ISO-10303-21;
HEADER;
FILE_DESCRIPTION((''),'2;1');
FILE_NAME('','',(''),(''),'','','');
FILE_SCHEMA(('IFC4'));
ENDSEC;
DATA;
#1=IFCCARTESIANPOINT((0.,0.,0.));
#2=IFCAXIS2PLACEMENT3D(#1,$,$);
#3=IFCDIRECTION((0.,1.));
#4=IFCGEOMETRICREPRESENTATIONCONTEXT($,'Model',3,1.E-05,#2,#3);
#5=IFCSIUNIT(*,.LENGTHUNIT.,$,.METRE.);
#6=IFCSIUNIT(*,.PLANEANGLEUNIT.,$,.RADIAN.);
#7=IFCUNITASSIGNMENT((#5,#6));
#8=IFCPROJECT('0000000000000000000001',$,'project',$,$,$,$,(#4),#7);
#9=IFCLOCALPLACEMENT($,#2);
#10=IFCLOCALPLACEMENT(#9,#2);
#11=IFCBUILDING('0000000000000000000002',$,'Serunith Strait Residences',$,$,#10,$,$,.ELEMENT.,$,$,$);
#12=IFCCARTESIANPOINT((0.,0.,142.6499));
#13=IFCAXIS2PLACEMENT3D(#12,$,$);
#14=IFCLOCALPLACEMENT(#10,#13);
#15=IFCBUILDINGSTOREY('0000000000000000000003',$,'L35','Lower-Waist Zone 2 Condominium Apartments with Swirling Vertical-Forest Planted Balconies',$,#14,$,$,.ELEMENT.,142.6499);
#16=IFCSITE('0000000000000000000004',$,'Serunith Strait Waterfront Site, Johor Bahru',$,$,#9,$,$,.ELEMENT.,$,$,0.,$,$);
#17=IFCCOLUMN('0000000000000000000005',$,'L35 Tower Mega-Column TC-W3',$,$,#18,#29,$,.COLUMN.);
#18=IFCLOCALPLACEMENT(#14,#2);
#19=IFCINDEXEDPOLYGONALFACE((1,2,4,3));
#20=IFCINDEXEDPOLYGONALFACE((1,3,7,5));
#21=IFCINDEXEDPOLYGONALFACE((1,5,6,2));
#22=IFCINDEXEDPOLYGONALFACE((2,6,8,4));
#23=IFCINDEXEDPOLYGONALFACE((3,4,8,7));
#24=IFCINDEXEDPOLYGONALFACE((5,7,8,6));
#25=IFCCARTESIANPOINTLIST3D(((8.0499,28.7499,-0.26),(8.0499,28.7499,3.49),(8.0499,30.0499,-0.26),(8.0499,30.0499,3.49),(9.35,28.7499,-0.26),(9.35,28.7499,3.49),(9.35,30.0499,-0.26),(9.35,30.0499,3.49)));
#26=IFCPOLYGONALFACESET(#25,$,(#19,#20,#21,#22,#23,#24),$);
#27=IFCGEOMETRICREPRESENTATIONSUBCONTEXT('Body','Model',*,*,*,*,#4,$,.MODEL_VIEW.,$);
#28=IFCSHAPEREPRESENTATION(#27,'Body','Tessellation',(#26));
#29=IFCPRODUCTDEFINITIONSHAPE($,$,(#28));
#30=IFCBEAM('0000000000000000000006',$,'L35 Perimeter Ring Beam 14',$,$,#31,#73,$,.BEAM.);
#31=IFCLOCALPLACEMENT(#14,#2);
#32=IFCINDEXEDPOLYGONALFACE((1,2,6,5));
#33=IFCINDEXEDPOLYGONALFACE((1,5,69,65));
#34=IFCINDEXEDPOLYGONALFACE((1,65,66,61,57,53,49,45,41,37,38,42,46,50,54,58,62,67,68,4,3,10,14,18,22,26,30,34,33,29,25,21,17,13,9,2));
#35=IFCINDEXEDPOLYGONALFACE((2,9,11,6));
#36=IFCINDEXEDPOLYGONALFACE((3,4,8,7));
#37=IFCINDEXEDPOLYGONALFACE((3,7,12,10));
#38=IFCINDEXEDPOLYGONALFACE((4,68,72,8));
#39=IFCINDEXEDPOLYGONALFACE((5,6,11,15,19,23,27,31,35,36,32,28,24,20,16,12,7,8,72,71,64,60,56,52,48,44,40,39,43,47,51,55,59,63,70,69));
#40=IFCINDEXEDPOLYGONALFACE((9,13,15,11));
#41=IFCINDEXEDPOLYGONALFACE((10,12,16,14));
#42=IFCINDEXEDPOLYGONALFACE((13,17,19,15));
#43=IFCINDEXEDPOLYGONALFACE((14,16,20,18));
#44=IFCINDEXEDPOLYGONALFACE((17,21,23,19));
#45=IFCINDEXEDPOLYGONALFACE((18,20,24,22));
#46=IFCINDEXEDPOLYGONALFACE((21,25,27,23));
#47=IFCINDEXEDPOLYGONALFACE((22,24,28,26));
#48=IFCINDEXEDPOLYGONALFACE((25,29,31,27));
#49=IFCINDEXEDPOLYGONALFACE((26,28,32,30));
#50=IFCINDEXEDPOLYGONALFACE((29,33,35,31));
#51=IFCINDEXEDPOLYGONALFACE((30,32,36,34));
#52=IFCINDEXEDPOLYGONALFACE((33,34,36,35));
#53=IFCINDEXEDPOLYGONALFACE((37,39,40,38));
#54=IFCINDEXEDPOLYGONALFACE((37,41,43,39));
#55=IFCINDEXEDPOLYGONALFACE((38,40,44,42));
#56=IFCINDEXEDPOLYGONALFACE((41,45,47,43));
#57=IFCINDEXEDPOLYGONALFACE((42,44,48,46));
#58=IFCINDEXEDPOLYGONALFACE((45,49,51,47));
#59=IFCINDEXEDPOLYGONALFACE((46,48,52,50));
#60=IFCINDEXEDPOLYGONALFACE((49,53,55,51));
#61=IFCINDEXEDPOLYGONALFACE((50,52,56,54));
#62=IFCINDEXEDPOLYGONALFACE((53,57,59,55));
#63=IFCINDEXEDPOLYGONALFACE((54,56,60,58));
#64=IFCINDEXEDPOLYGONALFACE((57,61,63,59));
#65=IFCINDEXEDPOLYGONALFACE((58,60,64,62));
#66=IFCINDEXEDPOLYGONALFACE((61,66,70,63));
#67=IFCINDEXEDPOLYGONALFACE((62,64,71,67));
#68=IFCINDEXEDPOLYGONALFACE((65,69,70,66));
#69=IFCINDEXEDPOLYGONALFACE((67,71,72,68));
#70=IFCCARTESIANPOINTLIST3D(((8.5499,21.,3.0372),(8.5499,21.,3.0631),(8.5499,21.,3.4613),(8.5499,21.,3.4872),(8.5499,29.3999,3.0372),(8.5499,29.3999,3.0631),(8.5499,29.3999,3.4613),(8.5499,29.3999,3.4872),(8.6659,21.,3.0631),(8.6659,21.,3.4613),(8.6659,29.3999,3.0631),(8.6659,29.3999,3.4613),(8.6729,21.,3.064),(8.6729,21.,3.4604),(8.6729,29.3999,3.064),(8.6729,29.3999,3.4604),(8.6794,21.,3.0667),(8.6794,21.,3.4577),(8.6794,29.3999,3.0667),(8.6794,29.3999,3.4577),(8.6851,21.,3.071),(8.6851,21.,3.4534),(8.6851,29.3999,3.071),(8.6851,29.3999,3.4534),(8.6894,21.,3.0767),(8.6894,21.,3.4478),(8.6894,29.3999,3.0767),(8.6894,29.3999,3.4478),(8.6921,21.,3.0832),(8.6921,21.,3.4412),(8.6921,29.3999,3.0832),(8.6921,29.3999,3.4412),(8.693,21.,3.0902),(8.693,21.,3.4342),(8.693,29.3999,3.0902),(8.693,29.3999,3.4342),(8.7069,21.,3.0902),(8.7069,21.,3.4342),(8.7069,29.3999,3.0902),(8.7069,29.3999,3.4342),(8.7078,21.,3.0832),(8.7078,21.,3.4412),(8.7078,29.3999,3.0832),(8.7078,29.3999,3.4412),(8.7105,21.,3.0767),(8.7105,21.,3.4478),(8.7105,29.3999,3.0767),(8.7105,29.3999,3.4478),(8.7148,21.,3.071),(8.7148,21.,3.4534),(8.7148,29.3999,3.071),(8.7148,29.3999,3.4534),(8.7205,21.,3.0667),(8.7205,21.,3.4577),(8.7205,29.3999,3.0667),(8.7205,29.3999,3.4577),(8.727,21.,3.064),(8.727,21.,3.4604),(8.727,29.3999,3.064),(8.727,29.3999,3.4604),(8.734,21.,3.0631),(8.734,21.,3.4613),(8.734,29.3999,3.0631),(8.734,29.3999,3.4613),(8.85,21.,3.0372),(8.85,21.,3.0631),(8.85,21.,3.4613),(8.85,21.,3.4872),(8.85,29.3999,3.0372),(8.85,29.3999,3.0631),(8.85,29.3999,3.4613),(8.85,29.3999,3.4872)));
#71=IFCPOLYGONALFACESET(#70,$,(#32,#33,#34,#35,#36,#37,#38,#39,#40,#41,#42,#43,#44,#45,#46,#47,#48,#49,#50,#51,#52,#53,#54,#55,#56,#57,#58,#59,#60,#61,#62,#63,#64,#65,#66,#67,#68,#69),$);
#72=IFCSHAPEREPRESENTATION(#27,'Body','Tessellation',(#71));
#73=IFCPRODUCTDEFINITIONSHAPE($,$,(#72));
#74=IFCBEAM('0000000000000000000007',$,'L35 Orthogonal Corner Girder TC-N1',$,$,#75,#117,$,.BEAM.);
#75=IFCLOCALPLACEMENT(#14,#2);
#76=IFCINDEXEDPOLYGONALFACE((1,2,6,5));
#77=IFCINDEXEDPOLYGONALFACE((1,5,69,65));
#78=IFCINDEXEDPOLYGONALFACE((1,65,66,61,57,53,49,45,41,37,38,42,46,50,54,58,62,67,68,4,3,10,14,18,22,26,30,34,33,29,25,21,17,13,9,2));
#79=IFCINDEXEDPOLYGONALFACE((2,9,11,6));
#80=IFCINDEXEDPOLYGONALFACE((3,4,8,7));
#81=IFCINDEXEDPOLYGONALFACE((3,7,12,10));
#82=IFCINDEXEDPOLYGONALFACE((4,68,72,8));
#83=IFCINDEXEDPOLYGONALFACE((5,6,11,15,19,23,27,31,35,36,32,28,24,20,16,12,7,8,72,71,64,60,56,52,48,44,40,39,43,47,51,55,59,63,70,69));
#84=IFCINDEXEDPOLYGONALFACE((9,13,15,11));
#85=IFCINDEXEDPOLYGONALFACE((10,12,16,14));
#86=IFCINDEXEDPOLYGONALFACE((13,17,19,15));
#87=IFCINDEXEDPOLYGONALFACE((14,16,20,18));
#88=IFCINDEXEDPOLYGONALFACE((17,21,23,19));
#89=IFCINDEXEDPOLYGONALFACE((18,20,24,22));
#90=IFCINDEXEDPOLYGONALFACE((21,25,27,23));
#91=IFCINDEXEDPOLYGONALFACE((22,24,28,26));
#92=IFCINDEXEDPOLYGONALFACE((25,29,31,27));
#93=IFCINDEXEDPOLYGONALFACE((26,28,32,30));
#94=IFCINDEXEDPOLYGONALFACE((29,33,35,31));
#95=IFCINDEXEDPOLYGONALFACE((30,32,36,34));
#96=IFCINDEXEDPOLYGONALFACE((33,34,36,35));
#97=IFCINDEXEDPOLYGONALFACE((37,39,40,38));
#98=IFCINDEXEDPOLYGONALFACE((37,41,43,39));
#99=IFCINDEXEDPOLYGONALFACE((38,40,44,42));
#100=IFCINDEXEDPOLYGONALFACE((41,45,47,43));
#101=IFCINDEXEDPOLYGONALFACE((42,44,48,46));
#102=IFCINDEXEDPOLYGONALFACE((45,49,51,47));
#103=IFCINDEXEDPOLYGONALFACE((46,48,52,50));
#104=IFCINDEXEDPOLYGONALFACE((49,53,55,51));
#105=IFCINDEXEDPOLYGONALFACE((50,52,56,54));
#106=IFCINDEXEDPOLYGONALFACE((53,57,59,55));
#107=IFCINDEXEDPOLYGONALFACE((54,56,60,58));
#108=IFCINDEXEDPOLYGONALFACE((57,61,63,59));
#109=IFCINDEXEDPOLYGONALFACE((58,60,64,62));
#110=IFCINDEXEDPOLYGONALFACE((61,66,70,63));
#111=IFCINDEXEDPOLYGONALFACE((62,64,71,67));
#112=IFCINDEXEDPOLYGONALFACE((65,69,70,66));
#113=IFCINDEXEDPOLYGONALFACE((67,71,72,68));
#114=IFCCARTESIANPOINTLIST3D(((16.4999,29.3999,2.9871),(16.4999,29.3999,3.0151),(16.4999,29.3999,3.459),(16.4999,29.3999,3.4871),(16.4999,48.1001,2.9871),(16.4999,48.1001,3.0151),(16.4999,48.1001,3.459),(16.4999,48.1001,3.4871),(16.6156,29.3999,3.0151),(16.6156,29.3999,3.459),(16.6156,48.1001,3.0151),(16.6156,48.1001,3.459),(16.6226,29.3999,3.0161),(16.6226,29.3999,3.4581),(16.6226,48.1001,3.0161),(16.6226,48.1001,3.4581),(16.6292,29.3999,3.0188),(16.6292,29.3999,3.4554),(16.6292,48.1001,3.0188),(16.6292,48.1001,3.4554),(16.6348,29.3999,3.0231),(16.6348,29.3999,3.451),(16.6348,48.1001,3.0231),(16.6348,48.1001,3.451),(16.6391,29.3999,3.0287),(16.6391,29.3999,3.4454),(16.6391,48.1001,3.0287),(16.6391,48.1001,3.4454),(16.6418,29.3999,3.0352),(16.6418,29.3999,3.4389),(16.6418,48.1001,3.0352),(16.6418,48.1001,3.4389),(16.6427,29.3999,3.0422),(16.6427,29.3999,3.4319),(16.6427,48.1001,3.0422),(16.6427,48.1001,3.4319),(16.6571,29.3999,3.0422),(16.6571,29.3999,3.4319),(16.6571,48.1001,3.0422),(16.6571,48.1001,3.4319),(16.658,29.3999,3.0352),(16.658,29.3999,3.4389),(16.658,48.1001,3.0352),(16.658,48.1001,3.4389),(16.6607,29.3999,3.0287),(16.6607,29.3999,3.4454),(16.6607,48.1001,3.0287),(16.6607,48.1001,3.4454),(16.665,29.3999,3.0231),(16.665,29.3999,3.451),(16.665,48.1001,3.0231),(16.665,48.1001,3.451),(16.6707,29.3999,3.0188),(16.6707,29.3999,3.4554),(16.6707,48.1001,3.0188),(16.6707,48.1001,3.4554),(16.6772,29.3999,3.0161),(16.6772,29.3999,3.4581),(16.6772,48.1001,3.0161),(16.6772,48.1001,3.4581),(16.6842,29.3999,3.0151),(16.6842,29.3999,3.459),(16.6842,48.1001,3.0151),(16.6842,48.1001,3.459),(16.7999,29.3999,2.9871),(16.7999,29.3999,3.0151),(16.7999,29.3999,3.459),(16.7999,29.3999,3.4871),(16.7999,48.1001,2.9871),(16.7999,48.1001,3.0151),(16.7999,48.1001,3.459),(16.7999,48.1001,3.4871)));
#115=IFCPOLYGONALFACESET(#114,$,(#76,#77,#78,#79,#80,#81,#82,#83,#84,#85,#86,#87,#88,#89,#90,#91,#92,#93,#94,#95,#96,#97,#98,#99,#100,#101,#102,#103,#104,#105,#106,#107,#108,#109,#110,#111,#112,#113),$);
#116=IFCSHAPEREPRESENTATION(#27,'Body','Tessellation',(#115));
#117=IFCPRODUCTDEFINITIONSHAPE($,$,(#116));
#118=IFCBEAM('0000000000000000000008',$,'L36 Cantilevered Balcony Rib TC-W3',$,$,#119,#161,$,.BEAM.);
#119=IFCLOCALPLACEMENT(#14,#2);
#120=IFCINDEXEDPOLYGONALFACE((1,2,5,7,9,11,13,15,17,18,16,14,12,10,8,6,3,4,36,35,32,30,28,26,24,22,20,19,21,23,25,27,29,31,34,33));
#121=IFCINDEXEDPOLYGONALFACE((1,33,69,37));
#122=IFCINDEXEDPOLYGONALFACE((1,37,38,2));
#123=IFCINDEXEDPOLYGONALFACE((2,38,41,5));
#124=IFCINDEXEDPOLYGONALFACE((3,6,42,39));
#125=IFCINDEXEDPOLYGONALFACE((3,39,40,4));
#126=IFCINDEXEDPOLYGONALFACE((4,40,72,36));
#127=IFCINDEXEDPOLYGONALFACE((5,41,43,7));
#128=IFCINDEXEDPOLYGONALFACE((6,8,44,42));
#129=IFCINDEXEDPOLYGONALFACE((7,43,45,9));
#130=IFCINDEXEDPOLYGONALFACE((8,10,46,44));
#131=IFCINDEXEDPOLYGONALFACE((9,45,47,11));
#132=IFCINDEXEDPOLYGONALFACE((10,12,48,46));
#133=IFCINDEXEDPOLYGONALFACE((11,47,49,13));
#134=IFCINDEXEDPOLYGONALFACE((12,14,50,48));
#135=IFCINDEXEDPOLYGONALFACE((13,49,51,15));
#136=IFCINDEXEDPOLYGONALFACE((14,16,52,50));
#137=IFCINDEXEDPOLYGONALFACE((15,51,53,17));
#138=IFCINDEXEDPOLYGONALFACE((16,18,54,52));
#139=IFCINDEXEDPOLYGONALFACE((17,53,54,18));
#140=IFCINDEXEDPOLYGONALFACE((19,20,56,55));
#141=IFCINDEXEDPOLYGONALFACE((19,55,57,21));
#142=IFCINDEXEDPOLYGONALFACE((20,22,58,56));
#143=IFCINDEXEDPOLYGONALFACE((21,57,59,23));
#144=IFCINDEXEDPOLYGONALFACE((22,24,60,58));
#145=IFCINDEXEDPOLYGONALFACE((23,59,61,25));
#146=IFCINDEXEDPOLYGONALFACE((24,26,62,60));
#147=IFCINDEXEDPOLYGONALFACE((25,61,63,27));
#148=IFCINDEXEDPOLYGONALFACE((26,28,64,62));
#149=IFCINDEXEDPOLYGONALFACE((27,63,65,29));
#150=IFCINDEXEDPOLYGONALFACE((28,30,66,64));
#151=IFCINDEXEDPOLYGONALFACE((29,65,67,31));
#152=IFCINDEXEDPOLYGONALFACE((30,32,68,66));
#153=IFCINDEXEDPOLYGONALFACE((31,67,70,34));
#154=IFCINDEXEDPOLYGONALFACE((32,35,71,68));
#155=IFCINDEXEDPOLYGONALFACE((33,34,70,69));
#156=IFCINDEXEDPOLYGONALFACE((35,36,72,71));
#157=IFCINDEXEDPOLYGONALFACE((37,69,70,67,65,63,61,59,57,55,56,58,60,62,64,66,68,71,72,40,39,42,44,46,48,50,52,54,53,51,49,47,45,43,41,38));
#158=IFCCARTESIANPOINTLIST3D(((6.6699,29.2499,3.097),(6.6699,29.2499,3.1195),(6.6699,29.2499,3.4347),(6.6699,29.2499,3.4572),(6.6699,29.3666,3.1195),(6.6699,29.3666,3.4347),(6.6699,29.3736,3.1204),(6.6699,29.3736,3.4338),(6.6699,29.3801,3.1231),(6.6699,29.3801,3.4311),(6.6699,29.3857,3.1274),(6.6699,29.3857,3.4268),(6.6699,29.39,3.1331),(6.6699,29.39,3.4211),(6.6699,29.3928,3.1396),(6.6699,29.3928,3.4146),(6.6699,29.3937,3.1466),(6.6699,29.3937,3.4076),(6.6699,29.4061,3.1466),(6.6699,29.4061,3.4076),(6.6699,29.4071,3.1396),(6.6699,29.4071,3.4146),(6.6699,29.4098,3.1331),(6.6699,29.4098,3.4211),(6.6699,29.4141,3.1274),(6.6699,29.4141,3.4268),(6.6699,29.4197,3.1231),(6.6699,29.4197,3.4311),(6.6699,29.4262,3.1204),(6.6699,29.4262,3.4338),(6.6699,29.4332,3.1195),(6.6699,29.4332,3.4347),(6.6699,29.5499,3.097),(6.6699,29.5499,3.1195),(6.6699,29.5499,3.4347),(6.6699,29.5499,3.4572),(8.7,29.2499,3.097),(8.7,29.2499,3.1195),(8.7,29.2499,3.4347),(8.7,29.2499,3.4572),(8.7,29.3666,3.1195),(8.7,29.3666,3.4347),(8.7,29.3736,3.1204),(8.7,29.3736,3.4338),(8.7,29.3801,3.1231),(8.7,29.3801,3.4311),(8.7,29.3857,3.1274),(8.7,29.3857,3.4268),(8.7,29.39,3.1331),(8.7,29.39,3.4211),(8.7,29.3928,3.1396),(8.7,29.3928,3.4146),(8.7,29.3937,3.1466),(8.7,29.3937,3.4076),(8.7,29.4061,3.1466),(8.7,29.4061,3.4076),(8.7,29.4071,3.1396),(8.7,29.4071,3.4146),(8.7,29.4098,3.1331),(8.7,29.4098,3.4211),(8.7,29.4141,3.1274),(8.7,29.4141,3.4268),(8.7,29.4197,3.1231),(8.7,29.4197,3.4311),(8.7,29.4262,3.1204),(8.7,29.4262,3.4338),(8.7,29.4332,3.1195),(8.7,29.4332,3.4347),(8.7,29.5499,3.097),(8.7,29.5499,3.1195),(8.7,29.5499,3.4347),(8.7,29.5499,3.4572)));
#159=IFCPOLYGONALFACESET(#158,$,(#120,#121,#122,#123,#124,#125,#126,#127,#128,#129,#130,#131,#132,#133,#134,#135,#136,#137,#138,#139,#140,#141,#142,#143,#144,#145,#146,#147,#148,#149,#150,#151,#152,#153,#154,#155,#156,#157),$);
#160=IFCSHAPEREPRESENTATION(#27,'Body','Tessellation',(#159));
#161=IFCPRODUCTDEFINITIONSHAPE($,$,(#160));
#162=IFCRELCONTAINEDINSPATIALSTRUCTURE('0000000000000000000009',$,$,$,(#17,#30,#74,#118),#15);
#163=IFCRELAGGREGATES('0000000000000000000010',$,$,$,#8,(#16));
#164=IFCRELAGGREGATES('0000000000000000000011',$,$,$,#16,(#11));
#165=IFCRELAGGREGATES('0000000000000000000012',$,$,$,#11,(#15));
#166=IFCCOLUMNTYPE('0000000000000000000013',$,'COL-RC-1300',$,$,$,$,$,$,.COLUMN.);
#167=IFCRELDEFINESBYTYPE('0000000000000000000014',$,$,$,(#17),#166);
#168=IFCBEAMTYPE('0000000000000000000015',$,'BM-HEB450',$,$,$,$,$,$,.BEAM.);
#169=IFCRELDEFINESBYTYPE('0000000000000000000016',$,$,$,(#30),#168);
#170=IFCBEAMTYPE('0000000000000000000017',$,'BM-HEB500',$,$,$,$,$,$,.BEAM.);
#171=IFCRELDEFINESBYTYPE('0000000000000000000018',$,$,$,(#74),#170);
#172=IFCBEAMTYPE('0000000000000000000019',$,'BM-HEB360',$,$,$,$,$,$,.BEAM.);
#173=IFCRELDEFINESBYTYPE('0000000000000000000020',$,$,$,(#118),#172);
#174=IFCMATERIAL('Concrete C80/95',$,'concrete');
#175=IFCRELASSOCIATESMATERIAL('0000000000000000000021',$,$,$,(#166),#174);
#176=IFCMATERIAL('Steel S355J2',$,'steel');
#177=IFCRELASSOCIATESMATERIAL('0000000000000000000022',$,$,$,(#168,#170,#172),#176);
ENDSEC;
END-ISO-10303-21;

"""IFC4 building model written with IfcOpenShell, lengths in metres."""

from ifc_helpers import new_model, si_unit, direction, frame, origin, origin_2d, place, context, subcontext, project, spatial, rectangle, i_section, extrude, source, transform, mapped, material, material_profile, profile_set, type_object, element, save


model = new_model("IFC4")

# Units and contexts
model_context = context("Model", 3, precision=1e-05, world=origin(), true_north=direction((0.0, 1.0)))
body_context = subcontext(model_context, "Body", "Model", "MODEL_VIEW")
ifc_project = project(units=[si_unit("LENGTHUNIT", "METRE"), si_unit("PLANEANGLEUNIT", "RADIAN")], contexts=[model_context])

# Site, building, storey
site_placement = place(None, origin())
site = spatial("IfcSite", under=ifc_project, at=site_placement, Name="Serunith Strait Waterfront Site, Johor Bahru", CompositionType="ELEMENT", RefElevation=0.0)
building_placement = place(site_placement, origin())
building = spatial("IfcBuilding", under=site, at=building_placement, Name="Serunith Strait Residences", CompositionType="ELEMENT")
storey_placement = place(building_placement, frame((0.0, 0.0, 142.6499)))
storey = spatial("IfcBuildingStorey", under=building, at=storey_placement, Name="L35", Description="Lower-Waist Zone 2 Condominium Apartments with Swirling Vertical-Forest Planted Balconies", CompositionType="ELEMENT", Elevation=142.6499)

# Column
ifc_material_1 = material(Name="Concrete C80/95", Category="concrete")
ifc_material_profile_1 = material_profile(ifc_material_1, rectangle(XDim=1.3, YDim=1.3, at=origin_2d()), Name="RC 1300x1300")
ifc_profile_set_1 = profile_set([ifc_material_profile_1], Name="Concrete C80/95")
column_type = type_object("IfcColumnType", Name="COL-RC-1300", PredefinedType="COLUMN", material=ifc_profile_set_1)
shared_shape_1 = source(origin(), body_context, "Body", "SweptSolid", [
    extrude(rectangle(XDim=1.3, YDim=1.3, at=origin_2d()), origin(), (0.0, 0.0, 1.0), 3.75),
])
column_placement = place(storey_placement, frame((8.7, 29.3999, -0.26), z_axis=(0.0, 0.0, 1.0), x_axis=(1.0, 0.0, 0.0)))
element("IfcColumn", 1, at=column_placement, inside=storey, type_object=column_type, Name="L35 Tower Mega-Column TC-W3", PredefinedType="COLUMN", context=body_context, shape_type="MappedRepresentation", body=[
    mapped(shared_shape_1, transform((0.0, 0.0, 0.0), scale=1.0)),
])

# Beams
ifc_material_2 = material(Name="Steel S355J2", Category="steel")
ifc_material_profile_2 = material_profile(ifc_material_2, i_section(OverallWidth=0.3, OverallDepth=0.45, WebThickness=0.0139, FlangeThickness=0.0259, FilletRadius=0.0271, at=origin_2d()), Name="HEB 450")
ifc_profile_set_2 = profile_set([ifc_material_profile_2], Name="Steel S355J2")
beam_type_1 = type_object("IfcBeamType", Name="BM-HEB450", PredefinedType="BEAM", material=ifc_profile_set_2)
shared_shape_2 = source(origin(), body_context, "Body", "SweptSolid", [
    extrude(i_section(OverallWidth=0.3, OverallDepth=0.45, WebThickness=0.0139, FlangeThickness=0.0259, FilletRadius=0.0271, at=origin_2d()), origin(), (0.0, 0.0, 1.0), 8.3999),
])
beam_1_placement = place(storey_placement, frame((8.7, 29.3999, 3.2622), z_axis=(0.0, -1.0, 0.0), x_axis=(1.0, 0.0, 0.0)))
element("IfcBeam", 2, at=beam_1_placement, inside=storey, type_object=beam_type_1, Name="L35 Perimeter Ring Beam 14", PredefinedType="BEAM", context=body_context, shape_type="MappedRepresentation", body=[
    mapped(shared_shape_2, transform((0.0, 0.0, 0.0), scale=1.0)),
])
ifc_material_profile_3 = material_profile(ifc_material_2, i_section(OverallWidth=0.3, OverallDepth=0.5, WebThickness=0.0144, FlangeThickness=0.0281, FilletRadius=0.0271, at=origin_2d()), Name="HEB 500")
ifc_profile_set_3 = profile_set([ifc_material_profile_3], Name="Steel S355J2")
beam_type_2 = type_object("IfcBeamType", Name="BM-HEB500", PredefinedType="BEAM", material=ifc_profile_set_3)
shared_shape_3 = source(origin(), body_context, "Body", "SweptSolid", [
    extrude(i_section(OverallWidth=0.3, OverallDepth=0.5, WebThickness=0.0144, FlangeThickness=0.0281, FilletRadius=0.0271, at=origin_2d()), origin(), (0.0, 0.0, 1.0), 18.7002),
])
beam_2_placement = place(storey_placement, frame((16.6499, 29.3999, 3.2371), z_axis=(0.0, 1.0, 0.0), x_axis=(-1.0, 0.0, 0.0)))
element("IfcBeam", 3, at=beam_2_placement, inside=storey, type_object=beam_type_2, Name="L35 Orthogonal Corner Girder TC-N1", PredefinedType="BEAM", context=body_context, shape_type="MappedRepresentation", body=[
    mapped(shared_shape_3, transform((0.0, 0.0, 0.0), scale=1.0)),
])
ifc_material_profile_4 = material_profile(ifc_material_2, i_section(OverallWidth=0.3, OverallDepth=0.3601, WebThickness=0.0125, FlangeThickness=0.0225, FilletRadius=0.0271, at=origin_2d()), Name="HEB 360")
ifc_profile_set_4 = profile_set([ifc_material_profile_4], Name="Steel S355J2")
beam_type_3 = type_object("IfcBeamType", Name="BM-HEB360", PredefinedType="BEAM", material=ifc_profile_set_4)
shared_shape_4 = source(origin(), body_context, "Body", "SweptSolid", [
    extrude(i_section(OverallWidth=0.3, OverallDepth=0.3601, WebThickness=0.0125, FlangeThickness=0.0225, FilletRadius=0.0271, at=origin_2d()), origin(), (0.0, 0.0, 1.0), 2.03),
])
beam_3_placement = place(storey_placement, frame((8.7, 29.3999, 3.2771), z_axis=(-1.0, 0.0, 0.0), x_axis=(0.0, -1.0, 0.0)))
element("IfcBeam", 4, at=beam_3_placement, inside=storey, type_object=beam_type_3, Name="L36 Cantilevered Balcony Rib TC-W3", PredefinedType="BEAM", context=body_context, shape_type="MappedRepresentation", body=[
    mapped(shared_shape_4, transform((0.0, 0.0, 0.0), scale=1.0)),
])

save(model, "model.ifc")
